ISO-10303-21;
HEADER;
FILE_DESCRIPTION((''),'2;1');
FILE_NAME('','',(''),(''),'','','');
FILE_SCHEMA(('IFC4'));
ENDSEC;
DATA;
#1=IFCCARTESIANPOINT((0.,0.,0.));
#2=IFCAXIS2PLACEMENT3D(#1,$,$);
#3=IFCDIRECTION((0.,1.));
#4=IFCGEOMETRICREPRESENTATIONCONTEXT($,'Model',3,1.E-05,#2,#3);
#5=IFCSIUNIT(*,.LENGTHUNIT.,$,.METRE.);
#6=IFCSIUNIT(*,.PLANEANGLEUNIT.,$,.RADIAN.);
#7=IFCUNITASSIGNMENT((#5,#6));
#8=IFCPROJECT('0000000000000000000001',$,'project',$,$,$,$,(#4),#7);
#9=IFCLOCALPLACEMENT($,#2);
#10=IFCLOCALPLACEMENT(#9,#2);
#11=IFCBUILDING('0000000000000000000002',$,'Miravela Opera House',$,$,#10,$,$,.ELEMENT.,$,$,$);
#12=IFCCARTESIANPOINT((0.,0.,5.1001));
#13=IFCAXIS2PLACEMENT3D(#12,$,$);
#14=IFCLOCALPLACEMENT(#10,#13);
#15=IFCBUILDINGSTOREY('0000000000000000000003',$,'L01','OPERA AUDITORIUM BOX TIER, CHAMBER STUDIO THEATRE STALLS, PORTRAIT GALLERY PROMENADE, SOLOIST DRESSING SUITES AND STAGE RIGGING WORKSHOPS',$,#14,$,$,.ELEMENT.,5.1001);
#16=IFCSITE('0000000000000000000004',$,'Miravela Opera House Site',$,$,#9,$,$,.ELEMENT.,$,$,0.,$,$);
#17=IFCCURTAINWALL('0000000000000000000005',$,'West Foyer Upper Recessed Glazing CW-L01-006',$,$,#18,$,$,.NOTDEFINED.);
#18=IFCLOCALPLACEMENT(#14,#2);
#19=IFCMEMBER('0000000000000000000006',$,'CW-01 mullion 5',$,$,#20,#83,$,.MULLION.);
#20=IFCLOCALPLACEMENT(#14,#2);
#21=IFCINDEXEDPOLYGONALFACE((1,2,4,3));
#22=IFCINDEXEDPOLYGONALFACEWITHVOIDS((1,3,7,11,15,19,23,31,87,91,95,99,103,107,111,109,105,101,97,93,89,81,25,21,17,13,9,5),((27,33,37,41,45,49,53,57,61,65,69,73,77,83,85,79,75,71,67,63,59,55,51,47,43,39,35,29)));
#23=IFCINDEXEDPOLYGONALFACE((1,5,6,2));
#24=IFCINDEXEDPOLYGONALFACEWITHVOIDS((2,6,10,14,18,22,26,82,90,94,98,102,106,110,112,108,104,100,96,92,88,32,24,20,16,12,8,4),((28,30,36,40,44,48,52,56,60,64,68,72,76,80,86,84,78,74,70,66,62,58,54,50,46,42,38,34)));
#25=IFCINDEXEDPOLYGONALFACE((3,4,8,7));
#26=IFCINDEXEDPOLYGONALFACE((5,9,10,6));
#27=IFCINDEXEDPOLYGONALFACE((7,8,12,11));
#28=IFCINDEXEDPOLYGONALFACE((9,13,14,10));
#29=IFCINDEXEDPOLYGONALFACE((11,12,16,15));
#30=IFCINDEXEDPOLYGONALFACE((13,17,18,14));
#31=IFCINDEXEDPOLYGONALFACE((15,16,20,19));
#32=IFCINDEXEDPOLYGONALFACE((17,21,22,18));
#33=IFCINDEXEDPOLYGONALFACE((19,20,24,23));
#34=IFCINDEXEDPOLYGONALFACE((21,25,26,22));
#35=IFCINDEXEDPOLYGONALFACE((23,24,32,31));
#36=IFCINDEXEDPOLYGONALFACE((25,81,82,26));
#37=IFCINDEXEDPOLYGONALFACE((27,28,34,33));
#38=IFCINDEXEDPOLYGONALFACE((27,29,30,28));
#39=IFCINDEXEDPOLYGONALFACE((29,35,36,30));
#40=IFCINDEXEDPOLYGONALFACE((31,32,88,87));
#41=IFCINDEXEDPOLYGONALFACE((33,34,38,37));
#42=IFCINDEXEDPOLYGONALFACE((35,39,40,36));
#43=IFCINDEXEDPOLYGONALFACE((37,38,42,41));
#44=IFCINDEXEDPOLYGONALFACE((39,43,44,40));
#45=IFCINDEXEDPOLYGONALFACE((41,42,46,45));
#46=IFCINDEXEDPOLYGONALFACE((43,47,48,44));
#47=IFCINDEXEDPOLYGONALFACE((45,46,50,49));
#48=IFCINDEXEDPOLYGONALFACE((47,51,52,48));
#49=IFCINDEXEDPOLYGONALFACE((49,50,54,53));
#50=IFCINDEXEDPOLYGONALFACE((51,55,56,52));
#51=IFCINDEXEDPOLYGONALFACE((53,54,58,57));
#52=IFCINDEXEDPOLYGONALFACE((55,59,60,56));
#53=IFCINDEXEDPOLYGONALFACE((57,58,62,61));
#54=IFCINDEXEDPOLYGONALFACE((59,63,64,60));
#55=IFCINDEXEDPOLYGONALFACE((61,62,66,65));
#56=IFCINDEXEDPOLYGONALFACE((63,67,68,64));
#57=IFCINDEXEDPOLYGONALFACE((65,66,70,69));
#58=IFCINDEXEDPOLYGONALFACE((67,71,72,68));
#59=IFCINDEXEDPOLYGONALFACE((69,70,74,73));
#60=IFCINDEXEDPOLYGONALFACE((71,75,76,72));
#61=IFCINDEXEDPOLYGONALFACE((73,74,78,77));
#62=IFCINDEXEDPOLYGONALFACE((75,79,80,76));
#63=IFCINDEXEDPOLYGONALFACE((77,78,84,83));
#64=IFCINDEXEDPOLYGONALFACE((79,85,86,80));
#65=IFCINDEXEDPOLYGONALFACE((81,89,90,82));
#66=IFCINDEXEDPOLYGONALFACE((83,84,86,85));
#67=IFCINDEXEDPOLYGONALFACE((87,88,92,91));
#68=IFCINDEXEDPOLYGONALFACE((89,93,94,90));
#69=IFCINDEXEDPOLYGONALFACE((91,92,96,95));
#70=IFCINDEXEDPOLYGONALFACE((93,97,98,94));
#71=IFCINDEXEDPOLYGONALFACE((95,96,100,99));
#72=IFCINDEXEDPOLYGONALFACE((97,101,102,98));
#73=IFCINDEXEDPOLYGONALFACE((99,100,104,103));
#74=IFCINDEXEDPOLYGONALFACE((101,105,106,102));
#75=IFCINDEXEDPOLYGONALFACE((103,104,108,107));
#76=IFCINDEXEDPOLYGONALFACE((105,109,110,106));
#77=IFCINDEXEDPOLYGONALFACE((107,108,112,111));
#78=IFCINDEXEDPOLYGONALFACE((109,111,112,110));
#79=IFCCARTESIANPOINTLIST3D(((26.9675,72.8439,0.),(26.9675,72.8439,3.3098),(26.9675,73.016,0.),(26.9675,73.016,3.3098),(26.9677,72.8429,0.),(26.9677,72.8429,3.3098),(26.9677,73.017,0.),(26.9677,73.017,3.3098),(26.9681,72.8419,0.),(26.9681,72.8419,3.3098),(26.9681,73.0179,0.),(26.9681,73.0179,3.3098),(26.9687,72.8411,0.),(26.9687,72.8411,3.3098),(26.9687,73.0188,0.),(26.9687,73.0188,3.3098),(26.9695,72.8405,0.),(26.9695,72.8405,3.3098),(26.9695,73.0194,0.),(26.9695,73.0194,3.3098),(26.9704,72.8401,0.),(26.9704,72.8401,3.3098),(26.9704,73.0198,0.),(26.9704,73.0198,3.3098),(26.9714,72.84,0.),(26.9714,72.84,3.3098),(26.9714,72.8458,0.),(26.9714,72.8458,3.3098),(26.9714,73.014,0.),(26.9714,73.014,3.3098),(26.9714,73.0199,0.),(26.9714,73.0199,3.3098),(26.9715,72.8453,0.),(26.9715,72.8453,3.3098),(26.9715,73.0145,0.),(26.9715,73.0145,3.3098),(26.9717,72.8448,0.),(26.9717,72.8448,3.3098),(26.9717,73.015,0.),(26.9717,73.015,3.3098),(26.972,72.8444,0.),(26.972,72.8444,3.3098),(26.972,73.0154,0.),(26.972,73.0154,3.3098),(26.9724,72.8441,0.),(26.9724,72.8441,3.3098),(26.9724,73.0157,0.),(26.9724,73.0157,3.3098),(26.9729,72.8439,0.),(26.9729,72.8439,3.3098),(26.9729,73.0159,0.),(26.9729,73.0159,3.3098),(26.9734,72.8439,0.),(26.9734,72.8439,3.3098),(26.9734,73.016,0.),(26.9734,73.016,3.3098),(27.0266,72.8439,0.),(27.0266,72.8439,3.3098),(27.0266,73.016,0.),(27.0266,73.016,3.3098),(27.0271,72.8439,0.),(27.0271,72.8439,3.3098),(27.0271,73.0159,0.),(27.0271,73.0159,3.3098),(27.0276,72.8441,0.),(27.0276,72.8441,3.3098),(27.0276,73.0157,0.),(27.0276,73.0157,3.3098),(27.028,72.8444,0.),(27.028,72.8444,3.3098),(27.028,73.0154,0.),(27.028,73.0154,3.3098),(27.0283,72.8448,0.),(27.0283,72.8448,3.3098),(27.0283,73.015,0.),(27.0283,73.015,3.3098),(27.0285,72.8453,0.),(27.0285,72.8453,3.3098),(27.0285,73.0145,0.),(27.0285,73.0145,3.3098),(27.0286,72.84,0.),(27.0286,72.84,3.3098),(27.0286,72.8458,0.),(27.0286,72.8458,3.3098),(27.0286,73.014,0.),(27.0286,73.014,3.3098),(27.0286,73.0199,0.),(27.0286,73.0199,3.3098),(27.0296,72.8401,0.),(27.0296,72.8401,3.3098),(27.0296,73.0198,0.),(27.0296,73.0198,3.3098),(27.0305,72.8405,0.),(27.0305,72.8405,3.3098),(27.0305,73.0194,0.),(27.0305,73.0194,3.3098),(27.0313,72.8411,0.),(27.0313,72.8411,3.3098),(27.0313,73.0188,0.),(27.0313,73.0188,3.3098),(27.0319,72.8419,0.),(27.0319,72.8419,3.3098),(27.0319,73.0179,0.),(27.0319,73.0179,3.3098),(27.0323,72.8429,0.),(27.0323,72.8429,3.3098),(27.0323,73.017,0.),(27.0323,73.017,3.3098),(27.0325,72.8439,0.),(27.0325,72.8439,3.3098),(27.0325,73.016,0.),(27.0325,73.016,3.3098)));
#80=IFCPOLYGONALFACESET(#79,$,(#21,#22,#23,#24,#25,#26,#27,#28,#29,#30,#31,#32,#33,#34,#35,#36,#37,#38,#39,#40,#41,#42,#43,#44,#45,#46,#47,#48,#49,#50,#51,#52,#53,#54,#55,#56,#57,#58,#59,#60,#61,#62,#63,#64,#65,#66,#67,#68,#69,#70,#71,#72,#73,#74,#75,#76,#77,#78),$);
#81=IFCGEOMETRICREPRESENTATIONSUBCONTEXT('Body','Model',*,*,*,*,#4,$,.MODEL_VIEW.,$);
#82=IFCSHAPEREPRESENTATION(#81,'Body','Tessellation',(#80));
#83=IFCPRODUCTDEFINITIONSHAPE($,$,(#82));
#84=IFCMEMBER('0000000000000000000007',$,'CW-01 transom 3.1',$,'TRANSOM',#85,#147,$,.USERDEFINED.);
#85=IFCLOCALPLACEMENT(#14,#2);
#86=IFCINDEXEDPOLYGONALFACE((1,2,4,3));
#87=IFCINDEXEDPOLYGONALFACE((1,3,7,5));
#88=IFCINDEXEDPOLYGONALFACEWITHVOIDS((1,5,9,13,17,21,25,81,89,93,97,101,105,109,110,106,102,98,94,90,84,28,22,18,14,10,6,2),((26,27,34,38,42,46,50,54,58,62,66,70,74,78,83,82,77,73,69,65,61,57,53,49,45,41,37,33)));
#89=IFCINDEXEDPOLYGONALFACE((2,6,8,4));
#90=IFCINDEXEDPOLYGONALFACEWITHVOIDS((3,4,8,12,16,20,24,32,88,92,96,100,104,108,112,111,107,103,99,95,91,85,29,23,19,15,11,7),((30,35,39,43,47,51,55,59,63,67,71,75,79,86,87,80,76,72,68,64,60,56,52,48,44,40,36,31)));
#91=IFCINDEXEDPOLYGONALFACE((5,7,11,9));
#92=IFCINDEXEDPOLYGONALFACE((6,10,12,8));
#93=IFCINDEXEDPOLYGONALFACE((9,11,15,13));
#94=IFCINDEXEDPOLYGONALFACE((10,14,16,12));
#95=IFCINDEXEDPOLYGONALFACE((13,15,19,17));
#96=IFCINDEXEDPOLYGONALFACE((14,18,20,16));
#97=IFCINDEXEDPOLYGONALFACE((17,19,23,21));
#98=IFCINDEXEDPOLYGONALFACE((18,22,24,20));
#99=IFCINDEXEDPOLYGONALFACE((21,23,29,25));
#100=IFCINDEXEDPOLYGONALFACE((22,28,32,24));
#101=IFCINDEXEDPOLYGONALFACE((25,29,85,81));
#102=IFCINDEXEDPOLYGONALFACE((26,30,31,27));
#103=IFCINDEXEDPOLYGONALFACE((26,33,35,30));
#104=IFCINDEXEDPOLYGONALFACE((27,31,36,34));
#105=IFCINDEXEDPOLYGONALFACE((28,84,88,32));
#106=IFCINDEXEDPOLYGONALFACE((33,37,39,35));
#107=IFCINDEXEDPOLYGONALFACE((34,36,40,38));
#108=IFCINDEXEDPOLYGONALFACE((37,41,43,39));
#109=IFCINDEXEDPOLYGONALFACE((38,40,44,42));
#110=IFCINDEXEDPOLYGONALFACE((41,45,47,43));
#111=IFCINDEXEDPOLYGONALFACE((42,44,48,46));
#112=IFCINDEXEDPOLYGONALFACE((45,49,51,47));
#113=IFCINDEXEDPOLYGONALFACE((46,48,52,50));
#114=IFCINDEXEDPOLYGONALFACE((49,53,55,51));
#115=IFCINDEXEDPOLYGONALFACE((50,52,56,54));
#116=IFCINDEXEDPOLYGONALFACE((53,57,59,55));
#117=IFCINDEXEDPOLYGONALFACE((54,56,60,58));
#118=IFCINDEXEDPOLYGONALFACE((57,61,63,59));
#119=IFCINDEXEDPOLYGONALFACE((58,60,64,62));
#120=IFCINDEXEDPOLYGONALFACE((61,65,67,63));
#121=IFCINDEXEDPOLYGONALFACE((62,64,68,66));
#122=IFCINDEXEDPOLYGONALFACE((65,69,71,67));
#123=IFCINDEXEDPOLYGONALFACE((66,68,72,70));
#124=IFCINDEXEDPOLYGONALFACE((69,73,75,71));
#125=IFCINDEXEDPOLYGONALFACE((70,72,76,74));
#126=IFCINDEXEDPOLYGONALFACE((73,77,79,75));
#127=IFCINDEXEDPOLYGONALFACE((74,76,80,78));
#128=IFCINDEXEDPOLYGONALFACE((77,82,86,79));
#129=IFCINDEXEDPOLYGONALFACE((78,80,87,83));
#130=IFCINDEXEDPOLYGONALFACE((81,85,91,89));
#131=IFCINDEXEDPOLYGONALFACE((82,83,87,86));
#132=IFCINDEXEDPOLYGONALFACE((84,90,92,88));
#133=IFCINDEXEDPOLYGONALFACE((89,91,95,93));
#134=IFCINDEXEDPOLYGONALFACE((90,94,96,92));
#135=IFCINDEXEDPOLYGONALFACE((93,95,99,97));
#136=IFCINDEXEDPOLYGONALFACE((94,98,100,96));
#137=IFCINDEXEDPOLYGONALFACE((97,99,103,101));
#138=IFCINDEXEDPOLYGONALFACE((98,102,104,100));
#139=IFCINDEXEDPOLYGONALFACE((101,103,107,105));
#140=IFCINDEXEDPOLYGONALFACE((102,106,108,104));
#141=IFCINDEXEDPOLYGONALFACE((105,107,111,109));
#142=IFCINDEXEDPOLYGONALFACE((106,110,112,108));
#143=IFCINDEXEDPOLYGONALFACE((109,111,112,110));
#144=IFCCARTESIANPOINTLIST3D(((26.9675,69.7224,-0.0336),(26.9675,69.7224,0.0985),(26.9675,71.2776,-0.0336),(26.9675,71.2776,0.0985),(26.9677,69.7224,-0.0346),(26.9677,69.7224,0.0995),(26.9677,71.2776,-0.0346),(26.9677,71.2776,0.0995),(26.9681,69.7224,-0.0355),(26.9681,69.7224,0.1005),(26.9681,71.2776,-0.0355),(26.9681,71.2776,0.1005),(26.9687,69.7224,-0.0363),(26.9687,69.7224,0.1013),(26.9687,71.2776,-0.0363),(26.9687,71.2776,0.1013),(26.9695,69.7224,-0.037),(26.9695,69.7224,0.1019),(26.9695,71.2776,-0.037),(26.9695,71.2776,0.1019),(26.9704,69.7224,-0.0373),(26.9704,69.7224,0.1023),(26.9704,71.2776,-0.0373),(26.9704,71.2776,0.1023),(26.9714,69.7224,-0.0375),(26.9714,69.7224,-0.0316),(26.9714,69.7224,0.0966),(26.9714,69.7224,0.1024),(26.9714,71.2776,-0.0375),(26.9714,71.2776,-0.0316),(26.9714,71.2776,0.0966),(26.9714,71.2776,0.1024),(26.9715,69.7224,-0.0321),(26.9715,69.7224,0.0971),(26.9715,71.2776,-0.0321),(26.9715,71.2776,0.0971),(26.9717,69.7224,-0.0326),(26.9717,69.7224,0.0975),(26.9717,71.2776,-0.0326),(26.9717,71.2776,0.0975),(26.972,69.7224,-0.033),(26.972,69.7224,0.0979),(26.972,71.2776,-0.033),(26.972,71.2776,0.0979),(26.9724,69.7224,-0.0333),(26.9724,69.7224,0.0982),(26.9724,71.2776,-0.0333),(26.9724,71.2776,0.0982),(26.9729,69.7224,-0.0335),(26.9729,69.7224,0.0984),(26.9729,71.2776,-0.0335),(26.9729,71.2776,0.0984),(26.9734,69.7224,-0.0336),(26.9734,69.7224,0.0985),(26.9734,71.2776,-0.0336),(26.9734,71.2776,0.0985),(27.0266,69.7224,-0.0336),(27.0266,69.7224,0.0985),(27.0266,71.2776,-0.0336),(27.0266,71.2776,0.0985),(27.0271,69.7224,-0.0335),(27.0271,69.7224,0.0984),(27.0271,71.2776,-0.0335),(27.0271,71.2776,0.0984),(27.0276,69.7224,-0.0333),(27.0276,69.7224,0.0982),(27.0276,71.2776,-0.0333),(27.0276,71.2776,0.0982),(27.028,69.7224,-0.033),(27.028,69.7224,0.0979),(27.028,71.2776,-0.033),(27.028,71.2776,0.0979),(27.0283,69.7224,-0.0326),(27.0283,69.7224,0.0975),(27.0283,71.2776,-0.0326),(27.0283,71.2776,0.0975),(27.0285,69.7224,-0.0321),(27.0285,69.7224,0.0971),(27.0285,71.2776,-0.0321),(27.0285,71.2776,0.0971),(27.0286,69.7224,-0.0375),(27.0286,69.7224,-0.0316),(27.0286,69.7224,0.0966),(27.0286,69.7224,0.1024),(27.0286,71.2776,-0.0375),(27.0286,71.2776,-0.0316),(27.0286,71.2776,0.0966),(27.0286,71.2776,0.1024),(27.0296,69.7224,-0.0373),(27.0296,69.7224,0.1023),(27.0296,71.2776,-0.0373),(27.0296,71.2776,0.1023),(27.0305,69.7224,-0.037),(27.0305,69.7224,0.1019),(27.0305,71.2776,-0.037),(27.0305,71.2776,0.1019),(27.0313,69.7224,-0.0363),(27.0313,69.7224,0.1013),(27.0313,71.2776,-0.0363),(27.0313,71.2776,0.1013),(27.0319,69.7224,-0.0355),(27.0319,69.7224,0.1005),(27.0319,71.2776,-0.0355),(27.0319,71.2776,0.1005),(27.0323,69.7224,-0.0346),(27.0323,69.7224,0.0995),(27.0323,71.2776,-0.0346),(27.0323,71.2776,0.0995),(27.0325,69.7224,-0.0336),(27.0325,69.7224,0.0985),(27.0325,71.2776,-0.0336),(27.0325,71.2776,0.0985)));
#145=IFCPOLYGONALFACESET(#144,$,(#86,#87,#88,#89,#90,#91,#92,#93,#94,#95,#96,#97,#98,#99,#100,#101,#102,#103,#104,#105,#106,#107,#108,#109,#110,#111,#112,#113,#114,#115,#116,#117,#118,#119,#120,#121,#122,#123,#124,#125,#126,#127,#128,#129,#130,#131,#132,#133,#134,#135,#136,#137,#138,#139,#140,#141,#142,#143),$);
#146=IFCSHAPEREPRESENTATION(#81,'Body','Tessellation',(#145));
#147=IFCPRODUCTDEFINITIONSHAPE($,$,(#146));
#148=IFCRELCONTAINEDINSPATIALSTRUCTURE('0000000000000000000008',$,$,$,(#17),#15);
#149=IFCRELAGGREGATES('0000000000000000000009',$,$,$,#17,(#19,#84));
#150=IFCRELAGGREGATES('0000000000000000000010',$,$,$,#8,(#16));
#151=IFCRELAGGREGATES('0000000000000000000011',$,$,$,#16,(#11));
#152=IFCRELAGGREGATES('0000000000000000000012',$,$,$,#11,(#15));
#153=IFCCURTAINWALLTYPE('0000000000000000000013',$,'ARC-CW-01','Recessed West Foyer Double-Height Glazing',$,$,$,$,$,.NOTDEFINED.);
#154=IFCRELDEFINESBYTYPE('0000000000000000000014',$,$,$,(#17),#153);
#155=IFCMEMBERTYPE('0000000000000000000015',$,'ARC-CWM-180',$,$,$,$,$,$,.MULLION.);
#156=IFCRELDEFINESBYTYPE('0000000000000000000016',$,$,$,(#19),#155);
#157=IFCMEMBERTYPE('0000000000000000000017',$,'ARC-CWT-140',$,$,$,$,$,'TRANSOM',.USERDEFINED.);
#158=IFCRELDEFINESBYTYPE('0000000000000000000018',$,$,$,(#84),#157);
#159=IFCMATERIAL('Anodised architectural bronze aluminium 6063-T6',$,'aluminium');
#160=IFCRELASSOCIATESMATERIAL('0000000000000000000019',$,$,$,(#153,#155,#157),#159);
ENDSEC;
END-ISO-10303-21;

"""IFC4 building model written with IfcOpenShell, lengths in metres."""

from ifc_helpers import new_model, si_unit, direction, frame, origin, origin_2d, place, context, subcontext, project, spatial, hollow_rectangle, extrude, material, material_profile, profile_set, type_object, element, aggregate, save


model = new_model("IFC4")

# Units and contexts
model_context = context("Model", 3, precision=1e-05, world=origin(), true_north=direction((0.0, 1.0)))
body_context = subcontext(model_context, "Body", "Model", "MODEL_VIEW")
ifc_project = project(units=[si_unit("LENGTHUNIT", "METRE"), si_unit("PLANEANGLEUNIT", "RADIAN")], contexts=[model_context])

# Site, building, storey
site_placement = place(None, origin())
site = spatial("IfcSite", under=ifc_project, at=site_placement, Name="Miravela Opera House Site", CompositionType="ELEMENT", RefElevation=0.0)
building_placement = place(site_placement, origin())
building = spatial("IfcBuilding", under=site, at=building_placement, Name="Miravela Opera House", CompositionType="ELEMENT")
storey_placement = place(building_placement, frame((0.0, 0.0, 5.1001)))
storey = spatial("IfcBuildingStorey", under=building, at=storey_placement, Name="L01", Description="OPERA AUDITORIUM BOX TIER, CHAMBER STUDIO THEATRE STALLS, PORTRAIT GALLERY PROMENADE, SOLOIST DRESSING SUITES AND STAGE RIGGING WORKSHOPS", CompositionType="ELEMENT", Elevation=5.1001)

# Curtain wall, members
ifc_material_1 = material(Name="Anodised architectural bronze aluminium 6063-T6", Category="aluminium")
curtain_wall_type = type_object("IfcCurtainWallType", Name="ARC-CW-01", Description="Recessed West Foyer Double-Height Glazing", PredefinedType="NOTDEFINED", material=ifc_material_1)
curtain_wall_placement = place(storey_placement, origin())
curtain_wall = element("IfcCurtainWall", 1, at=curtain_wall_placement, inside=storey, type_object=curtain_wall_type, Name="West Foyer Upper Recessed Glazing CW-L01-006", PredefinedType="NOTDEFINED")
ifc_material_profile_1 = material_profile(ifc_material_1, hollow_rectangle(XDim=0.0649, YDim=0.1799, WallThickness=0.0039, InnerFilletRadius=0.002, OuterFilletRadius=0.0039, at=origin_2d()), Name="CWM-65X180")
ifc_profile_set_1 = profile_set([ifc_material_profile_1])
member_type_1 = type_object("IfcMemberType", Name="ARC-CWM-180", PredefinedType="MULLION", material=ifc_profile_set_1)
member_1_placement = place(storey_placement, frame((27.0, 72.9299, 0.0), z_axis=(0.0, 0.0, 1.0), x_axis=(-1.0, 0.0, 0.0)))
member_1 = element("IfcMember", 2, at=member_1_placement, type_object=member_type_1, Name="CW-01 mullion 5", PredefinedType="MULLION", context=body_context, shape_type="SweptSolid", body=[
    extrude(hollow_rectangle(XDim=0.0649, YDim=0.1799, WallThickness=0.0039, InnerFilletRadius=0.002, OuterFilletRadius=0.0039, at=origin_2d()), origin(), (0.0, 0.0, 1.0), 3.3098),
])
ifc_material_profile_2 = material_profile(ifc_material_1, hollow_rectangle(XDim=0.0649, YDim=0.1399, WallThickness=0.0039, InnerFilletRadius=0.002, OuterFilletRadius=0.0039, at=origin_2d()), Name="CWT-65X140")
ifc_profile_set_2 = profile_set([ifc_material_profile_2])
member_type_2 = type_object("IfcMemberType", Name="ARC-CWT-140", ElementType="TRANSOM", PredefinedType="USERDEFINED", material=ifc_profile_set_2)
member_2_placement = place(storey_placement, frame((27.0, 69.7224, 0.0325), z_axis=(0.0, 1.0, 0.0), x_axis=(-1.0, 0.0, 0.0)))
member_2 = element("IfcMember", 3, at=member_2_placement, type_object=member_type_2, Name="CW-01 transom 3.1", ObjectType="TRANSOM", PredefinedType="USERDEFINED", context=body_context, shape_type="SweptSolid", body=[
    extrude(hollow_rectangle(XDim=0.0649, YDim=0.1399, WallThickness=0.0039, InnerFilletRadius=0.002, OuterFilletRadius=0.0039, at=origin_2d()), origin(), (0.0, 0.0, 1.0), 1.5552),
])
aggregate(curtain_wall, [member_1, member_2])

save(model, "model.ifc")
